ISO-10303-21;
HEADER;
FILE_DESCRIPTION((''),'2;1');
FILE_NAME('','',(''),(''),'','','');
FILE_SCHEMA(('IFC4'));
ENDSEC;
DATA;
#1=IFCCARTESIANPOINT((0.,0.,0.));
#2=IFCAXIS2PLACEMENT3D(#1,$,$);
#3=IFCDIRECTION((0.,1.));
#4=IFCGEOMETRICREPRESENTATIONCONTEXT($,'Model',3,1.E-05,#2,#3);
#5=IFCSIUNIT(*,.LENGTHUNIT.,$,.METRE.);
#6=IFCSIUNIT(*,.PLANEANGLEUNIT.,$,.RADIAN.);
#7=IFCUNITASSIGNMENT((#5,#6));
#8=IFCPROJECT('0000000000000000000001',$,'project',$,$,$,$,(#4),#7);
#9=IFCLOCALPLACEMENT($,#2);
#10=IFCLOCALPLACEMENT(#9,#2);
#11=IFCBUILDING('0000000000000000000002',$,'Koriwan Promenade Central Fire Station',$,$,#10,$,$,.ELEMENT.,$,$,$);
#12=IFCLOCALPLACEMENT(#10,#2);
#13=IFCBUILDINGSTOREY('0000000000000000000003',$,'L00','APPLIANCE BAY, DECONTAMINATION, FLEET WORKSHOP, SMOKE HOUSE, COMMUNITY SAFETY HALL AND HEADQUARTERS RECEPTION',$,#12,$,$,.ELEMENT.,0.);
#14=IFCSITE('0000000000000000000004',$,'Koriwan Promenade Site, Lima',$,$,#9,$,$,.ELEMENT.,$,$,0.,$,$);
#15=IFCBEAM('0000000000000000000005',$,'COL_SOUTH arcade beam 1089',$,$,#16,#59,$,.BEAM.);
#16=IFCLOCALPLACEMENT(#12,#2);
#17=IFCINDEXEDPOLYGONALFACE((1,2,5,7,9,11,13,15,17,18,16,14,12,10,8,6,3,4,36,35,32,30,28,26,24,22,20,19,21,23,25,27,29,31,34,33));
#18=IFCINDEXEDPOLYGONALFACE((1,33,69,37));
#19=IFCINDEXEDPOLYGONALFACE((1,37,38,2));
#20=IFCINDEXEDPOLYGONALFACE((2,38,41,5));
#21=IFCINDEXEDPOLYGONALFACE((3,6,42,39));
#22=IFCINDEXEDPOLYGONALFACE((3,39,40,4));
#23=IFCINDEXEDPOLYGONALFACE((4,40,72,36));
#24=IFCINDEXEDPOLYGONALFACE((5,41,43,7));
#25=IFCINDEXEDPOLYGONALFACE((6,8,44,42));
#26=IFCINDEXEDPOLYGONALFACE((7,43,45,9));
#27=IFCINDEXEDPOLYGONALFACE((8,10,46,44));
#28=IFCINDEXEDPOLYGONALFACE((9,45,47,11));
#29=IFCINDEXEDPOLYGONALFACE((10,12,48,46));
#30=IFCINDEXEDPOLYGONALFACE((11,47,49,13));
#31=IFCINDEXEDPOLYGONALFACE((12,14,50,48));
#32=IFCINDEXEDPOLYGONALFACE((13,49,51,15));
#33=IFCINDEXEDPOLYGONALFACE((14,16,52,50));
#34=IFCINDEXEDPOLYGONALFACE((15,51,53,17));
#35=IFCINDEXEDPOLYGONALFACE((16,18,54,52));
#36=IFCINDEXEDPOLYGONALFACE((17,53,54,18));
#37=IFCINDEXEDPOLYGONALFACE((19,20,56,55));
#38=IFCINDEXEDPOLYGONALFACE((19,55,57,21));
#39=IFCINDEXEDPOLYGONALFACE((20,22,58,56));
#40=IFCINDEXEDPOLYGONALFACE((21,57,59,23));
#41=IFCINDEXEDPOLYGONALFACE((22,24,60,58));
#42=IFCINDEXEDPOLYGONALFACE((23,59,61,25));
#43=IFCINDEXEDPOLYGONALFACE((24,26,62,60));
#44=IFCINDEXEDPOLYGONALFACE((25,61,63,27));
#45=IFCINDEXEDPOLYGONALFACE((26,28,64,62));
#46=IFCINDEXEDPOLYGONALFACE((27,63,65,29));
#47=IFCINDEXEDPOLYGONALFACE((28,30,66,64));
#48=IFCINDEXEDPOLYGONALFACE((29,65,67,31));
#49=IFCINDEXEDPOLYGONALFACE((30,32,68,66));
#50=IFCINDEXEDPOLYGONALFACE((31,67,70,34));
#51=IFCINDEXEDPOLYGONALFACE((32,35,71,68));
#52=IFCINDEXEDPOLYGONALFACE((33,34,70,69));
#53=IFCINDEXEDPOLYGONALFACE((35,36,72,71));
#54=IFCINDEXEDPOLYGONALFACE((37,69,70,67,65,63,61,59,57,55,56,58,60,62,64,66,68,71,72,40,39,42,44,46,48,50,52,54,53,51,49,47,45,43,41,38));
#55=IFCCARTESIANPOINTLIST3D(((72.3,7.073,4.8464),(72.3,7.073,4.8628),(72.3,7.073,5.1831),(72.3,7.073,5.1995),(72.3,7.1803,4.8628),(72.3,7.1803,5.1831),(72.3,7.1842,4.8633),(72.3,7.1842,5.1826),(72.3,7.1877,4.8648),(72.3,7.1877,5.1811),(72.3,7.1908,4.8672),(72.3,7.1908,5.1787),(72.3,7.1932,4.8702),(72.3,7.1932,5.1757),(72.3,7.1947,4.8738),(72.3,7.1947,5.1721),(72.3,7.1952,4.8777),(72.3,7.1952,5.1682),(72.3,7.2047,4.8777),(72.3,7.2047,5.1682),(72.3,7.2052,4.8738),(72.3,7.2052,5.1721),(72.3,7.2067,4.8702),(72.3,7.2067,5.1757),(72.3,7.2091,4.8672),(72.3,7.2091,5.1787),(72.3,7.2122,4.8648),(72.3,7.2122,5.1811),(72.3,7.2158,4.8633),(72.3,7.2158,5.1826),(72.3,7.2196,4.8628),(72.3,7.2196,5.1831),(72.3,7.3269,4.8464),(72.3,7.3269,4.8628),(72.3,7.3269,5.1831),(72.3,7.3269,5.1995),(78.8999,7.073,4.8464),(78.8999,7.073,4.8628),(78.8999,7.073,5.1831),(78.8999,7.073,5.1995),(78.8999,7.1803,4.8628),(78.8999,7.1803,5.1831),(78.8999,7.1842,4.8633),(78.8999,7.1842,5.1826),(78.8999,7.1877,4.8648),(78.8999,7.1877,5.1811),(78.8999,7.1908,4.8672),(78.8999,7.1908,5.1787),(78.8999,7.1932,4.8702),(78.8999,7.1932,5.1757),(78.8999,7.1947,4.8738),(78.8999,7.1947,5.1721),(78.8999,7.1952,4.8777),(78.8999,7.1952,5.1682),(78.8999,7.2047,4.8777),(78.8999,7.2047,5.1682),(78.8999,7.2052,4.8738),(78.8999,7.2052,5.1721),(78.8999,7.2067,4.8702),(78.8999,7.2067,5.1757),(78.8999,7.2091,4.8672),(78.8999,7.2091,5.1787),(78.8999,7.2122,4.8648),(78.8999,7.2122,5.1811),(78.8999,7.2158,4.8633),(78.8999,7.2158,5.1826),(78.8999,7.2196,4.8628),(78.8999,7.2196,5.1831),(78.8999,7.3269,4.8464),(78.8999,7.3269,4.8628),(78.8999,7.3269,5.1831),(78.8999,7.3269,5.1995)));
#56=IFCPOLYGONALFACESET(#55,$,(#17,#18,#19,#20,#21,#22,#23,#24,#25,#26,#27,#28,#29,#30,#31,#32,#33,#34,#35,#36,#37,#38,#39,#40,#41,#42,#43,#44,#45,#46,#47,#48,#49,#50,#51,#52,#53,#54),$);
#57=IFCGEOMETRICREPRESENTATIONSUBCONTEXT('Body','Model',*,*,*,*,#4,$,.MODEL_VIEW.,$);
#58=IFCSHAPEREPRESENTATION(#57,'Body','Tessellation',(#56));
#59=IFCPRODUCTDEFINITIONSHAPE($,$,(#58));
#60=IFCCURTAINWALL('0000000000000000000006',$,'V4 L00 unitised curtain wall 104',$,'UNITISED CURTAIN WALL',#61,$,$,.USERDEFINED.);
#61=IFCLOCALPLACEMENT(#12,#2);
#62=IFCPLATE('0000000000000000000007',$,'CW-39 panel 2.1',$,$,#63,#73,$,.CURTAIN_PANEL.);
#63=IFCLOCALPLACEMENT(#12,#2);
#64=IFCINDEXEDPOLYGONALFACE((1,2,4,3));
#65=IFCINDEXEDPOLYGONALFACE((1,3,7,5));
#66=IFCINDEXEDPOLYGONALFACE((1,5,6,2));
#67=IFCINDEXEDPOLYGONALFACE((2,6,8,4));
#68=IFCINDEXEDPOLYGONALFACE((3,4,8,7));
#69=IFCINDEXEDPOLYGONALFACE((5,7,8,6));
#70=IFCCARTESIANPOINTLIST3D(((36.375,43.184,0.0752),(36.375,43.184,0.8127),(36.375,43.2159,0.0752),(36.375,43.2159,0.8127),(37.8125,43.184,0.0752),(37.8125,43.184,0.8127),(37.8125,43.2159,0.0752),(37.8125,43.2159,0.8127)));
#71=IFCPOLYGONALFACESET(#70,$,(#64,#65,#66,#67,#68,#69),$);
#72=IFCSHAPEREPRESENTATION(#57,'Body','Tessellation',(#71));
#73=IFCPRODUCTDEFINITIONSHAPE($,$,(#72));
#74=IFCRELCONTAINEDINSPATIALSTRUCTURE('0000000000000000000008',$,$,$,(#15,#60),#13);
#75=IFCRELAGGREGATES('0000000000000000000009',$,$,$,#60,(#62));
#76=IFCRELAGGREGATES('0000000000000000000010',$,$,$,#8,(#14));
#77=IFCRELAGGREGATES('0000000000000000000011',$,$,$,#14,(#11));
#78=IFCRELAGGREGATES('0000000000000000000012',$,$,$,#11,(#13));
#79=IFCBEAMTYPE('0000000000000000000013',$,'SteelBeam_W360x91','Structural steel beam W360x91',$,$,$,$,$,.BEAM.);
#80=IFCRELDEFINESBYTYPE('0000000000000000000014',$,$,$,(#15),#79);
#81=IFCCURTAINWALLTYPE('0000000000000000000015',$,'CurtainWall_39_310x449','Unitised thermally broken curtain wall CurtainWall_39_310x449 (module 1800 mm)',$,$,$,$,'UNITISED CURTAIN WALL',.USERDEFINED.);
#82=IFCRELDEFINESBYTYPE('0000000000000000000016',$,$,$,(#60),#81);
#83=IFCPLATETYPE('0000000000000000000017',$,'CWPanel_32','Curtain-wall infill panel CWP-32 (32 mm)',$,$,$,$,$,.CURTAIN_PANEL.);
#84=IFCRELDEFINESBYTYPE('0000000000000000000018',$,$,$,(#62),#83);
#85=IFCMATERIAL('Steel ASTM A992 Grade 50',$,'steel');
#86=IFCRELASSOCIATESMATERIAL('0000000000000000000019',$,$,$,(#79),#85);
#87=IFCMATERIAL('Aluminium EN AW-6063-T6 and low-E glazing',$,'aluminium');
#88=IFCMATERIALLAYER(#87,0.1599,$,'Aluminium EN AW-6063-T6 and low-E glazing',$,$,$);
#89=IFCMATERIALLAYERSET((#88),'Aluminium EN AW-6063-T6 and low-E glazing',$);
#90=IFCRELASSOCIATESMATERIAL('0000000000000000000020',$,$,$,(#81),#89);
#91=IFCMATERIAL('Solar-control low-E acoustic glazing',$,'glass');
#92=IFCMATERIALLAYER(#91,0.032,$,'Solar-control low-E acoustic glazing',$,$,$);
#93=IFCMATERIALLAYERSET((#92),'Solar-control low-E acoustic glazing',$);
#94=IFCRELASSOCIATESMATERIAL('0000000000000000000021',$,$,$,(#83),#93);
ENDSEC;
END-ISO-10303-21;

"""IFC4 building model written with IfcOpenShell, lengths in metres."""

from ifc_helpers import new_model, si_unit, direction, frame, origin, origin_2d, place, context, subcontext, project, spatial, rectangle, i_section, extrude, material, layer, layer_set, material_profile, profile_set, type_object, element, aggregate, save


model = new_model("IFC4")

# Units and contexts
model_context = context("Model", 3, precision=1e-05, world=origin(), true_north=direction((0.0, 1.0)))
body_context = subcontext(model_context, "Body", "Model", "MODEL_VIEW")
ifc_project = project(units=[si_unit("LENGTHUNIT", "METRE"), si_unit("PLANEANGLEUNIT", "RADIAN")], contexts=[model_context])

# Site, building, storey
site_placement = place(None, origin())
site = spatial("IfcSite", under=ifc_project, at=site_placement, Name="Koriwan Promenade Site, Lima", CompositionType="ELEMENT", RefElevation=0.0)
building_placement = place(site_placement, origin())
building = spatial("IfcBuilding", under=site, at=building_placement, Name="Koriwan Promenade Central Fire Station", CompositionType="ELEMENT")
storey_placement = place(building_placement, origin())
storey = spatial("IfcBuildingStorey", under=building, at=storey_placement, Name="L00", Description="APPLIANCE BAY, DECONTAMINATION, FLEET WORKSHOP, SMOKE HOUSE, COMMUNITY SAFETY HALL AND HEADQUARTERS RECEPTION", CompositionType="ELEMENT", Elevation=0.0)

# Beam
ifc_material_1 = material(Name="Steel ASTM A992 Grade 50", Category="steel")
ifc_material_profile_1 = material_profile(ifc_material_1, i_section(OverallWidth=0.2539, OverallDepth=0.353, WebThickness=0.0095, FlangeThickness=0.0164, FilletRadius=0.0149, at=origin_2d()), Name="W360x91")
ifc_profile_set_1 = profile_set([ifc_material_profile_1], Name="Steel ASTM A992 Grade 50")
beam_type = type_object("IfcBeamType", Name="SteelBeam_W360x91", Description="Structural steel beam W360x91", PredefinedType="BEAM", material=ifc_profile_set_1)
for number, where, z_axis, x_axis, name in (
    (1, (72.3, 7.2, 5.0229), (1.0, 0.0, 0.0), (0.0, 1.0, 0.0), "COL_SOUTH arcade beam 1089"),
):
    element("IfcBeam", number, at=place(storey_placement, frame(where, z_axis=z_axis, x_axis=x_axis)), inside=storey, type_object=beam_type, Name=name, PredefinedType="BEAM", context=body_context, shape_type="SweptSolid", body=[
        extrude(i_section(OverallWidth=0.2539, OverallDepth=0.353, WebThickness=0.0095, FlangeThickness=0.0164, FilletRadius=0.0149, at=origin_2d()), origin(), (0.0, 0.0, 1.0), 6.5999),
    ])

# Curtain wall, plate
ifc_material_2 = material(Name="Aluminium EN AW-6063-T6 and low-E glazing", Category="aluminium")
ifc_layer_1 = layer(ifc_material_2, 0.1599, Name="Aluminium EN AW-6063-T6 and low-E glazing")
ifc_layer_set_1 = layer_set([ifc_layer_1], Name="Aluminium EN AW-6063-T6 and low-E glazing")
curtain_wall_type = type_object("IfcCurtainWallType", Name="CurtainWall_39_310x449", Description="Unitised thermally broken curtain wall CurtainWall_39_310x449 (module 1800 mm)", ElementType="UNITISED CURTAIN WALL", PredefinedType="USERDEFINED", material=ifc_layer_set_1)
curtain_wall_placement = place(storey_placement, origin())
curtain_wall = element("IfcCurtainWall", 2, at=curtain_wall_placement, inside=storey, type_object=curtain_wall_type, Name="V4 L00 unitised curtain wall 104", ObjectType="UNITISED CURTAIN WALL", PredefinedType="USERDEFINED")
ifc_material_3 = material(Name="Solar-control low-E acoustic glazing", Category="glass")
ifc_layer_2 = layer(ifc_material_3, 0.032, Name="Solar-control low-E acoustic glazing")
ifc_layer_set_2 = layer_set([ifc_layer_2], Name="Solar-control low-E acoustic glazing")
plate_type = type_object("IfcPlateType", Name="CWPanel_32", Description="Curtain-wall infill panel CWP-32 (32 mm)", PredefinedType="CURTAIN_PANEL", material=ifc_layer_set_2)
plate_placement = place(storey_placement, frame((37.0938, 43.2, 0.0752), z_axis=(0.0, 0.0, 1.0), x_axis=(-1.0, 0.0, 0.0)))
plate = element("IfcPlate", 3, at=plate_placement, type_object=plate_type, Name="CW-39 panel 2.1", PredefinedType="CURTAIN_PANEL", context=body_context, shape_type="SweptSolid", body=[
    extrude(rectangle(XDim=1.4375, YDim=0.032, at=origin_2d()), origin(), (0.0, 0.0, 1.0), 0.7375),
])
aggregate(curtain_wall, [plate])

save(model, "model.ifc")
